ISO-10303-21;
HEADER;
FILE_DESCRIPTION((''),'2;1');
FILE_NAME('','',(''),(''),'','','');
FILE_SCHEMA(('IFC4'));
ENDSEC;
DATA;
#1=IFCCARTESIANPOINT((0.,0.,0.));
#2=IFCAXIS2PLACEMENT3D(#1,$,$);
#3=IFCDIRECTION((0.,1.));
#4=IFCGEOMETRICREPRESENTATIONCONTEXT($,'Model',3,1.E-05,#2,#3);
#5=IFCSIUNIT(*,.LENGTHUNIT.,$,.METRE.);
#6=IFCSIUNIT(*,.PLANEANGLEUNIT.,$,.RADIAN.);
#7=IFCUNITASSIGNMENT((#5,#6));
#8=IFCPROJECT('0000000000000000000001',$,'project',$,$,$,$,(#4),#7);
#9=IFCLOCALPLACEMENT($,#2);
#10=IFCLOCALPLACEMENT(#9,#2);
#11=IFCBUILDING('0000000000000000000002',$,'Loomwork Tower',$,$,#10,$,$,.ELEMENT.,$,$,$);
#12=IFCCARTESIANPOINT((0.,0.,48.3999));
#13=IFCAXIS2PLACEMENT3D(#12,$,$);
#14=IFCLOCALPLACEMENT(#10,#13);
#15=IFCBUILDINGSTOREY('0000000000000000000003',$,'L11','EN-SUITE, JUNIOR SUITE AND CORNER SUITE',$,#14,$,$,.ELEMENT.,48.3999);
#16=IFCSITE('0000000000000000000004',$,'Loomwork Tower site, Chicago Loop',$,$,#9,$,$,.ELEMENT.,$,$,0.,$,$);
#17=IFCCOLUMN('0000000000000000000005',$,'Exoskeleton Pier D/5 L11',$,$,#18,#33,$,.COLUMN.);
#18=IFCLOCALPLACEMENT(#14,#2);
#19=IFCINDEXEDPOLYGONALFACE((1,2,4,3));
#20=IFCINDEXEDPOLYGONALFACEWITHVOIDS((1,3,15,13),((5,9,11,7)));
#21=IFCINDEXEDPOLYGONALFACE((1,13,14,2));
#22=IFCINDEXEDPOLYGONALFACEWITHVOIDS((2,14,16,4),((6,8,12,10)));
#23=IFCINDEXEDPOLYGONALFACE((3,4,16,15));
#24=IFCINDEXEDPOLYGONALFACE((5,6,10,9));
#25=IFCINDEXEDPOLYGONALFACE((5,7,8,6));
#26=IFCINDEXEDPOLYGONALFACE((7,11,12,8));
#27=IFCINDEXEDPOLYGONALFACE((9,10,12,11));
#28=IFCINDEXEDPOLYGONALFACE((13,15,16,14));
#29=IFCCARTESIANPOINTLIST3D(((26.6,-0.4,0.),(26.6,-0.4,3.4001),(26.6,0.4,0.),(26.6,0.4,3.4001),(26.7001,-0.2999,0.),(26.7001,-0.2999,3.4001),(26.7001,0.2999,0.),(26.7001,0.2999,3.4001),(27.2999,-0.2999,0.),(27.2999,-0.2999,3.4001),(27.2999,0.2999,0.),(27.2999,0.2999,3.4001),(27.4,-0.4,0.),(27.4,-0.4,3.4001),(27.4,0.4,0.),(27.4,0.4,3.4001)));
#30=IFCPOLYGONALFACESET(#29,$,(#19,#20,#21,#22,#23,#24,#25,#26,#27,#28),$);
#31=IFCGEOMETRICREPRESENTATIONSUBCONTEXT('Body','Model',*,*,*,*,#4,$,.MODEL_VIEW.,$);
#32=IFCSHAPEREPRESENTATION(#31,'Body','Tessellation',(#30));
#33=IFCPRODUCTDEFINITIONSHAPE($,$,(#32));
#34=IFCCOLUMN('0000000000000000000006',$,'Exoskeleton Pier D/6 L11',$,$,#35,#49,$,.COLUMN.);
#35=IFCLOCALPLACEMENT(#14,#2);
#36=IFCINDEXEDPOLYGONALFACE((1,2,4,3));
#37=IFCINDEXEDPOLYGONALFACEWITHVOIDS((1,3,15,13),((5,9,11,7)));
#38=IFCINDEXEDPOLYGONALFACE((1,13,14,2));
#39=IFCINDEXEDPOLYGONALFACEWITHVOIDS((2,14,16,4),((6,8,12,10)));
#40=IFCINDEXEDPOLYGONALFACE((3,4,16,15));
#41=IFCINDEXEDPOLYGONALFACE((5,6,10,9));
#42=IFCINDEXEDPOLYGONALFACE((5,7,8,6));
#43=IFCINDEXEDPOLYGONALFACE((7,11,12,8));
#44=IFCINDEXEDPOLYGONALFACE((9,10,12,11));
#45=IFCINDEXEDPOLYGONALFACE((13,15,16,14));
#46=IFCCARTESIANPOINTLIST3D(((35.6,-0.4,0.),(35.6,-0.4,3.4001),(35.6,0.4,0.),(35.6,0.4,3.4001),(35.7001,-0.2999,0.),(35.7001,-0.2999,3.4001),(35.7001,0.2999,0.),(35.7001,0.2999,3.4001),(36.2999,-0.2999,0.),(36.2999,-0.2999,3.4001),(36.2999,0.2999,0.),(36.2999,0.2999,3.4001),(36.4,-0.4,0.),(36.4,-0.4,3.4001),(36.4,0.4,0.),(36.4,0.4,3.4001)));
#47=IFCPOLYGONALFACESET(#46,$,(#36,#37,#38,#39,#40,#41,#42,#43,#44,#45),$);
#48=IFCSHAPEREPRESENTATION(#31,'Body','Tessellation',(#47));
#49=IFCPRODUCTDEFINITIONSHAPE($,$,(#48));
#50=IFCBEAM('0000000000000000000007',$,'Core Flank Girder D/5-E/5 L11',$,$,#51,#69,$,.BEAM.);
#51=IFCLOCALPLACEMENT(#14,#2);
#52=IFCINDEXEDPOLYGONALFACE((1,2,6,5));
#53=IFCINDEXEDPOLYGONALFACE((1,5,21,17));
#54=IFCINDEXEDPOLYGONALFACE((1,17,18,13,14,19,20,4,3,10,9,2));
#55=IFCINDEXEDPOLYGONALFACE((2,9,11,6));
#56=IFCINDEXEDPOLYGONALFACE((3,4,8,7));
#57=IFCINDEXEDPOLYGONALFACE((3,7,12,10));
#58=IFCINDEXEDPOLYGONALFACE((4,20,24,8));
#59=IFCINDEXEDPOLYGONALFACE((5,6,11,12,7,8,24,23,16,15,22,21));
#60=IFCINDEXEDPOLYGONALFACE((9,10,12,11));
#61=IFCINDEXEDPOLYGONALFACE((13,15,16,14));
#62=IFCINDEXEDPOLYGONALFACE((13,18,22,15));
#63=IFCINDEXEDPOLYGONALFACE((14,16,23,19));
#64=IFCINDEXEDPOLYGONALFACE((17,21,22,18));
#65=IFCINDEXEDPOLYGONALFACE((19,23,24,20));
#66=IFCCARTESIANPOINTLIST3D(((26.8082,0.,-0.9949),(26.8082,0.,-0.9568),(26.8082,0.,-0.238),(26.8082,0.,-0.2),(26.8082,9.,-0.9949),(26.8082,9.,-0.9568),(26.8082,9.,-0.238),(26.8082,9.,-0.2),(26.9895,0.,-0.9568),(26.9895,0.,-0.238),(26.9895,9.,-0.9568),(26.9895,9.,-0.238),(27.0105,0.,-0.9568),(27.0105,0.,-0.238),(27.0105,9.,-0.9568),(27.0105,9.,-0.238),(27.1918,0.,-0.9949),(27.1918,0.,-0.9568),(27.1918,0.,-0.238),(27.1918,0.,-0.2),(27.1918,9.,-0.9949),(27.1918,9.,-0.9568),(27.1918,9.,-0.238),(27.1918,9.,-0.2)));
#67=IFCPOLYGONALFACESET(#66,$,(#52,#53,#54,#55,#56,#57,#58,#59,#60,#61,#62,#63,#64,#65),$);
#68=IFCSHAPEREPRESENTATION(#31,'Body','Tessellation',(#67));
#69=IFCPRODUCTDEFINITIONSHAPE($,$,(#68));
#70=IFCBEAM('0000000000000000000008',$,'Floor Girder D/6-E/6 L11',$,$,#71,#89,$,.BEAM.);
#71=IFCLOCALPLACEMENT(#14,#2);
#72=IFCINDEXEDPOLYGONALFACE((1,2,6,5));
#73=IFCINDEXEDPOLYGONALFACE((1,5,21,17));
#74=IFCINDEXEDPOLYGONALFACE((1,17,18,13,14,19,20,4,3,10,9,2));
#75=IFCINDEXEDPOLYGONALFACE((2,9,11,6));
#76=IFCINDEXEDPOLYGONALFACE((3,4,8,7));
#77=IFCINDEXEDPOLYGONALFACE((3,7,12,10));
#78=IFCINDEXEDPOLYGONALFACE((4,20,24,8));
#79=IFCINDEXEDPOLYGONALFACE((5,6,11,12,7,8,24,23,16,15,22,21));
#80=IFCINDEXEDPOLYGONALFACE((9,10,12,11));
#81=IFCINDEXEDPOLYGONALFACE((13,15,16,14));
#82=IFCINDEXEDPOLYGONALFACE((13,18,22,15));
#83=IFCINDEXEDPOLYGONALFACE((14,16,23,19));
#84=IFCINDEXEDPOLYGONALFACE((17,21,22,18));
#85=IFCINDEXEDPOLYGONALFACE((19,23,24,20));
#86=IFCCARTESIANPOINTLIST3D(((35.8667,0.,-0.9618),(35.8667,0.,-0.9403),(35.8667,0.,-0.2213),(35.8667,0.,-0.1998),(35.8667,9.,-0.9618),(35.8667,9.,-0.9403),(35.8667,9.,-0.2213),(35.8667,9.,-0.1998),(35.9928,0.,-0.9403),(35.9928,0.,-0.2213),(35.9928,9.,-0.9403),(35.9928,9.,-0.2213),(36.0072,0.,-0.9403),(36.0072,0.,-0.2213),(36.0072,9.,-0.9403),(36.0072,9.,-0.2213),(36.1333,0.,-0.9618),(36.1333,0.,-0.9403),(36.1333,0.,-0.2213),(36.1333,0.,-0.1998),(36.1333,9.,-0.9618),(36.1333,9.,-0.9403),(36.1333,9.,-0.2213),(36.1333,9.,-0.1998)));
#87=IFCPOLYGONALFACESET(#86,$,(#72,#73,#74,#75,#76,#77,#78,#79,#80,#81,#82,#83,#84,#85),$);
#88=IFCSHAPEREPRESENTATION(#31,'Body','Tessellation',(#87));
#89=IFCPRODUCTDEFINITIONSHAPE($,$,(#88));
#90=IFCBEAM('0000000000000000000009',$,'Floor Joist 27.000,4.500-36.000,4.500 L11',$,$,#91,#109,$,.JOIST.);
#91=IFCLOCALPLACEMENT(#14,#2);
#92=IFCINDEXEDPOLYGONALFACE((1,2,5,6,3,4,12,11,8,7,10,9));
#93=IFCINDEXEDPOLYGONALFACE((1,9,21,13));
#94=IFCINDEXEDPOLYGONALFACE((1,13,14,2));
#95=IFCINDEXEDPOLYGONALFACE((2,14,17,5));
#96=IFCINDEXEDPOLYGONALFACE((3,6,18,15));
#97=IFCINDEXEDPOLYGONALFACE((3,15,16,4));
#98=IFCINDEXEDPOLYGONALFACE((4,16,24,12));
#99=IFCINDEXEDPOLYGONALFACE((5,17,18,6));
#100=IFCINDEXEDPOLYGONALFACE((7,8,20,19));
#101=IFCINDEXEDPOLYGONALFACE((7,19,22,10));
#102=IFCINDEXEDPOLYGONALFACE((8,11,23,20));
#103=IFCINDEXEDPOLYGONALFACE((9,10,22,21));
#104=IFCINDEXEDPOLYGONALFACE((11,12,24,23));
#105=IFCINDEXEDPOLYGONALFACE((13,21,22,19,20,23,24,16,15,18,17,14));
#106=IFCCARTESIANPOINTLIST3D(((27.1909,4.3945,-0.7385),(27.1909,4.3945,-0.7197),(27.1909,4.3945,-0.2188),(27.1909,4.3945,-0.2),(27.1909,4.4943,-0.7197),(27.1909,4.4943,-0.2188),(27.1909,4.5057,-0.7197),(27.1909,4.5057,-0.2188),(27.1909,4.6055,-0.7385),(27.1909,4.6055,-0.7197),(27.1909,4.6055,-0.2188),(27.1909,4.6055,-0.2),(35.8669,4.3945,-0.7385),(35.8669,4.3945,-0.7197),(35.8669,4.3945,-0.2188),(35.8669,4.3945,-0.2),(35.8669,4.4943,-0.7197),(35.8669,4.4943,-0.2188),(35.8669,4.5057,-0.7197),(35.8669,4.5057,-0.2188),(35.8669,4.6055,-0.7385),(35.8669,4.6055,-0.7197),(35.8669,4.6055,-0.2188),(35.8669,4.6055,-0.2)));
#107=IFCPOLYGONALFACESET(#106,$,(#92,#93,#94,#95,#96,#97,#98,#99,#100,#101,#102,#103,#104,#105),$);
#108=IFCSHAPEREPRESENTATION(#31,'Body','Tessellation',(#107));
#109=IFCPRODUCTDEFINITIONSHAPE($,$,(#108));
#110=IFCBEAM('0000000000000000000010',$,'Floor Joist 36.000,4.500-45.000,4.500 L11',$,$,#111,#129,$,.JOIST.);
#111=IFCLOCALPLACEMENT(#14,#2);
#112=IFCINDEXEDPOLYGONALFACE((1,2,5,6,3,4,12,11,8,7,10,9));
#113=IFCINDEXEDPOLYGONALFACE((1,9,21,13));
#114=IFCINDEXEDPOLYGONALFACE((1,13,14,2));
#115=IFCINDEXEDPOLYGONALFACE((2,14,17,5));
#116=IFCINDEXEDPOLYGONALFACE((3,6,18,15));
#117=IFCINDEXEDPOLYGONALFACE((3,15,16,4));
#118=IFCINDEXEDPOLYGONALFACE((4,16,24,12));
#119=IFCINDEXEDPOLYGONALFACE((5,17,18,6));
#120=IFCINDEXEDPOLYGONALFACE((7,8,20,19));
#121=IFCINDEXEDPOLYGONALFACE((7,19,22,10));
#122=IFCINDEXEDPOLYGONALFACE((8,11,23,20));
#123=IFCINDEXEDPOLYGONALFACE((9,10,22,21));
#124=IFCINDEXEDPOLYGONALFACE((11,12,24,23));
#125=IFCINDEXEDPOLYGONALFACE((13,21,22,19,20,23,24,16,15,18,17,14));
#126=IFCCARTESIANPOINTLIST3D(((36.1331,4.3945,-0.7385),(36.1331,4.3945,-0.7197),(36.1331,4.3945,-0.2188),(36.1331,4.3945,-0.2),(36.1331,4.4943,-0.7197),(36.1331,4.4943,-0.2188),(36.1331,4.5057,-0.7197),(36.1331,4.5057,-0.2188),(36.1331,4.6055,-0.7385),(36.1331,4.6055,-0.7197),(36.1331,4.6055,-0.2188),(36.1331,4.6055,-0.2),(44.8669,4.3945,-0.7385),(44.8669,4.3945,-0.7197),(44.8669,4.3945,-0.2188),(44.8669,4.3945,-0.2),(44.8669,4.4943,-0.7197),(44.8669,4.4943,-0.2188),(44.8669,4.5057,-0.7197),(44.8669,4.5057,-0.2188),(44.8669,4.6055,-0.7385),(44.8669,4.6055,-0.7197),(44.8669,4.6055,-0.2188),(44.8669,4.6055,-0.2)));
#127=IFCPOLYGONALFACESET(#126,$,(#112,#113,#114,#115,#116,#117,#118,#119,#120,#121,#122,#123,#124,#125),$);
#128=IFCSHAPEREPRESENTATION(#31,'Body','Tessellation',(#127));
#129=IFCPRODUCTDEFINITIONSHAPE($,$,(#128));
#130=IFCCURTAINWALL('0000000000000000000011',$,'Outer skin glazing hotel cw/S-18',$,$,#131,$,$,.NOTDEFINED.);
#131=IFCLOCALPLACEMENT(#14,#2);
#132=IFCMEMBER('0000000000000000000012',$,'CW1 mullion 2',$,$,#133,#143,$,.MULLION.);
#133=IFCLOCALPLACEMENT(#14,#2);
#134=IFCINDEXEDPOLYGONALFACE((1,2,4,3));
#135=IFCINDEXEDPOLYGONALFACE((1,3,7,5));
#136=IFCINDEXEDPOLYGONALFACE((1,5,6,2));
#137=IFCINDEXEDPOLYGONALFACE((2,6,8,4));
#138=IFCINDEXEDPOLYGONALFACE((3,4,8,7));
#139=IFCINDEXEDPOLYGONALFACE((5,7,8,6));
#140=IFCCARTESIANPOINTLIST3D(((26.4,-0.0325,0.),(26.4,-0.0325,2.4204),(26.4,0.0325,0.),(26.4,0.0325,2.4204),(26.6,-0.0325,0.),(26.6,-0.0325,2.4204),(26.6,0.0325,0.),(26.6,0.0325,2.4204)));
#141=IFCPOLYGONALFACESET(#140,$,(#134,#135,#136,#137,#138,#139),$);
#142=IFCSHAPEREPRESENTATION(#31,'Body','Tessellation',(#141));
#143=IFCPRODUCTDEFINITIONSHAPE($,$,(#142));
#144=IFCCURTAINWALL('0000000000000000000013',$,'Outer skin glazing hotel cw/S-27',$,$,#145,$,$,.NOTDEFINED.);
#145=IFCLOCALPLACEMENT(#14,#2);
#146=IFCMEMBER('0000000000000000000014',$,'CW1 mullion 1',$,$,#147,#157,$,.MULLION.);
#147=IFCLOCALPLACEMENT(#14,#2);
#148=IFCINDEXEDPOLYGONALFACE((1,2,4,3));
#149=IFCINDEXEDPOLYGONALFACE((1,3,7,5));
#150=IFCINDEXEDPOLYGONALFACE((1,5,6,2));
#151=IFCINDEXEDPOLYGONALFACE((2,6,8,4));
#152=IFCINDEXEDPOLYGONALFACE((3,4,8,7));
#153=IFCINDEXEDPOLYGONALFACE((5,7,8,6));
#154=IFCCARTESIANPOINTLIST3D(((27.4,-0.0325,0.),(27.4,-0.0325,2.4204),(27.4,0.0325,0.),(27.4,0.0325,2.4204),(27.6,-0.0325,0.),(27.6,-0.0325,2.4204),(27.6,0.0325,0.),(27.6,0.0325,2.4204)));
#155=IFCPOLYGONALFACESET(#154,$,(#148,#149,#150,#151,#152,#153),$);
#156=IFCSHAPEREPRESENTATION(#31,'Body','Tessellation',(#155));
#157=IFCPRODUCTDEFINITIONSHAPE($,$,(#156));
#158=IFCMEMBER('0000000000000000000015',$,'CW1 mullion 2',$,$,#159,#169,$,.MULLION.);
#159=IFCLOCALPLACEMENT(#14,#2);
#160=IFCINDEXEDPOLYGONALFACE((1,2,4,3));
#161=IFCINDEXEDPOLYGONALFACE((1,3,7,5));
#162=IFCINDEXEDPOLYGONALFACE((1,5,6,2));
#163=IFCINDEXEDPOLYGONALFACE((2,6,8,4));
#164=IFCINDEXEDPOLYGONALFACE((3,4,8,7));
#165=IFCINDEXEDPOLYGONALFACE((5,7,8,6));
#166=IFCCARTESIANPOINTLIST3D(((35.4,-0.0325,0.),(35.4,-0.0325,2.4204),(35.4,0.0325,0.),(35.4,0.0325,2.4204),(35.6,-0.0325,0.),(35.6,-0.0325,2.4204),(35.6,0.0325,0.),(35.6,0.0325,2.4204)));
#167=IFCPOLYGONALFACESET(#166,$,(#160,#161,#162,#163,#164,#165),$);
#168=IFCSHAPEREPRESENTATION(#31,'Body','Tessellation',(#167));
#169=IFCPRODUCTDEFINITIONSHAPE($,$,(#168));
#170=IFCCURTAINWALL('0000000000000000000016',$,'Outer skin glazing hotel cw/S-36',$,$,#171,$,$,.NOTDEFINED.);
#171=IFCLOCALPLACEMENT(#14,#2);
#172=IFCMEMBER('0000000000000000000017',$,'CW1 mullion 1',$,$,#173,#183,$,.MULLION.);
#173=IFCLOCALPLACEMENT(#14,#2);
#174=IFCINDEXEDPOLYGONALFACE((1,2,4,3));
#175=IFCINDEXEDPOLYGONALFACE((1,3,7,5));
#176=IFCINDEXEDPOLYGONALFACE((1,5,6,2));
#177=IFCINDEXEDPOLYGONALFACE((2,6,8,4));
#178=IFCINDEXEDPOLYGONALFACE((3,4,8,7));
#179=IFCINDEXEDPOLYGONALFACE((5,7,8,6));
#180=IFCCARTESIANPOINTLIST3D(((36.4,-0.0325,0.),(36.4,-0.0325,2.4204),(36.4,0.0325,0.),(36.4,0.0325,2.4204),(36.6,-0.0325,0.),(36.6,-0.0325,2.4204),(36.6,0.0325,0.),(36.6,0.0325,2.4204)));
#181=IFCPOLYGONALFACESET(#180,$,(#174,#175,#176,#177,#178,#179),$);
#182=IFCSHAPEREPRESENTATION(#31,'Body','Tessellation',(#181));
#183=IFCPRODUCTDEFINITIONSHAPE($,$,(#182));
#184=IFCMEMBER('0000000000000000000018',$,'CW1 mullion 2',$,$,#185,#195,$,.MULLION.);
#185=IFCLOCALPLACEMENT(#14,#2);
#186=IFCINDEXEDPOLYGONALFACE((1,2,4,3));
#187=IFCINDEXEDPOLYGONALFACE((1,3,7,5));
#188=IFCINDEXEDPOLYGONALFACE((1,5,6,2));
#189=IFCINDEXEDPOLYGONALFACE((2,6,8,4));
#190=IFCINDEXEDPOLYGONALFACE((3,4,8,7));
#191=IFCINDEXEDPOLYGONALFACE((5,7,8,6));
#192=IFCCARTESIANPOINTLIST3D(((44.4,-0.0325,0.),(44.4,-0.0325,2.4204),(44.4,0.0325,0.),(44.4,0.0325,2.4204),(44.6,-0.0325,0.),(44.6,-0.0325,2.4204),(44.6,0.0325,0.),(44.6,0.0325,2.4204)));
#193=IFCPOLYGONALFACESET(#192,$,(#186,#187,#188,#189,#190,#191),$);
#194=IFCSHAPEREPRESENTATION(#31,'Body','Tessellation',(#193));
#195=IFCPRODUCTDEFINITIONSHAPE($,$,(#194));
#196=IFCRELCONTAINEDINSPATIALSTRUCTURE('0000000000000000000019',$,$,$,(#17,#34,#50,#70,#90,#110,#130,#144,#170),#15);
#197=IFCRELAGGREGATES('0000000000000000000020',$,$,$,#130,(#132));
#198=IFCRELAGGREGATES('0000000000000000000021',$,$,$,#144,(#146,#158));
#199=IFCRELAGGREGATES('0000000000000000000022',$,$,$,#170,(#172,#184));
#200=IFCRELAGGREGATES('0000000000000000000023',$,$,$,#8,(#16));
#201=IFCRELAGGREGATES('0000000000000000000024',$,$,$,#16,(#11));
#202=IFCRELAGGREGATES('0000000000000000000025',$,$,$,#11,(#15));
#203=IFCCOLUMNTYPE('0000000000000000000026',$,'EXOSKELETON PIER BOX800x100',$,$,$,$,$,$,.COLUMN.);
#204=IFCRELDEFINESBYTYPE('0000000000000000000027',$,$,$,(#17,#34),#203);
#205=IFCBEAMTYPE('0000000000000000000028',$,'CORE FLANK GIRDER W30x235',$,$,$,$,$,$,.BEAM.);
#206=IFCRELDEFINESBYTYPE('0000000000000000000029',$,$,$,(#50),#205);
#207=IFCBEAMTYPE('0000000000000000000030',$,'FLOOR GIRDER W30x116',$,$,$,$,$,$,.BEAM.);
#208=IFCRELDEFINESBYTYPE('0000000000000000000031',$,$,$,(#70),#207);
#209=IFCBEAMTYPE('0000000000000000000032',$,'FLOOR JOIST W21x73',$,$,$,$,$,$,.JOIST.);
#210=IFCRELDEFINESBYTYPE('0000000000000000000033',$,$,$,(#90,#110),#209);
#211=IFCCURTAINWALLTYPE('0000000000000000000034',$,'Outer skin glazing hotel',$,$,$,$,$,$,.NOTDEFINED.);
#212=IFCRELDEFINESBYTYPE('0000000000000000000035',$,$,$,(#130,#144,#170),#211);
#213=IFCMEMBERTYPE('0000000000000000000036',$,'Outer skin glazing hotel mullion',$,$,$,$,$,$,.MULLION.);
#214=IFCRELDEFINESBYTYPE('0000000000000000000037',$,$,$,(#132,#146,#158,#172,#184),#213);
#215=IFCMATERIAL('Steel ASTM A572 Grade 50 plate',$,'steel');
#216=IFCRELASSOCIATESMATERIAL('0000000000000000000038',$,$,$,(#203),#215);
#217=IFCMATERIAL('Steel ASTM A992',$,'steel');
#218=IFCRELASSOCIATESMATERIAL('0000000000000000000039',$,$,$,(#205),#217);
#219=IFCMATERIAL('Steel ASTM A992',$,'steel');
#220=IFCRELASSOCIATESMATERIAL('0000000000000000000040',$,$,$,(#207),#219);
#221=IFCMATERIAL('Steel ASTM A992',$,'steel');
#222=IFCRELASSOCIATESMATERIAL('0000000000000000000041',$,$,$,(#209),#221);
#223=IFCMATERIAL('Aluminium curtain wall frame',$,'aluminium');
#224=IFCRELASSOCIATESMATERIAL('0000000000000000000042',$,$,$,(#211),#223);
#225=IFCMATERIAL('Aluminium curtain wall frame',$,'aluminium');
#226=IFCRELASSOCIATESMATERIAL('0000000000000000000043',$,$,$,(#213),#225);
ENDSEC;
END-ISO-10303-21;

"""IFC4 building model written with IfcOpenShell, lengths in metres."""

from ifc_helpers import new_model, si_unit, direction, frame, origin, origin_2d, place, context, subcontext, project, spatial, rectangle, hollow_rectangle, i_section, extrude, material, material_profile, profile_set, type_object, element, aggregate, save


model = new_model("IFC4")

# Units and contexts
model_context = context("Model", 3, precision=1e-05, world=origin(), true_north=direction((0.0, 1.0)))
body_context = subcontext(model_context, "Body", "Model", "MODEL_VIEW")
ifc_project = project(units=[si_unit("LENGTHUNIT", "METRE"), si_unit("PLANEANGLEUNIT", "RADIAN")], contexts=[model_context])

# Site, building, storey
site_placement = place(None, origin())
site = spatial("IfcSite", under=ifc_project, at=site_placement, Name="Loomwork Tower site, Chicago Loop", CompositionType="ELEMENT", RefElevation=0.0)
building_placement = place(site_placement, origin())
building = spatial("IfcBuilding", under=site, at=building_placement, Name="Loomwork Tower", CompositionType="ELEMENT")
storey_placement = place(building_placement, frame((0.0, 0.0, 48.3999)))
storey = spatial("IfcBuildingStorey", under=building, at=storey_placement, Name="L11", Description="EN-SUITE, JUNIOR SUITE AND CORNER SUITE", CompositionType="ELEMENT", Elevation=48.3999)

# Columns
ifc_material_1 = material(Name="Steel ASTM A572 Grade 50 plate", Category="steel")
ifc_material_profile_1 = material_profile(ifc_material_1, hollow_rectangle(XDim=0.8, YDim=0.8, WallThickness=0.1001, at=origin_2d()), Name="BOX800x100")
ifc_profile_set_1 = profile_set([ifc_material_profile_1], Name="Steel ASTM A572 Grade 50 plate")
column_type = type_object("IfcColumnType", Name="EXOSKELETON PIER BOX800x100", PredefinedType="COLUMN", material=ifc_profile_set_1)
for number, where, z_axis, x_axis, name in (
    (1, (27.0, 0.0, 0.0), (0.0, 0.0, 1.0), (1.0, 0.0, 0.0), "Exoskeleton Pier D/5 L11"),
    (2, (36.0, 0.0, 0.0), (0.0, 0.0, 1.0), (1.0, 0.0, 0.0), "Exoskeleton Pier D/6 L11"),
):
    element("IfcColumn", number, at=place(storey_placement, frame(where, z_axis=z_axis, x_axis=x_axis)), inside=storey, type_object=column_type, Name=name, PredefinedType="COLUMN", context=body_context, shape_type="SweptSolid", body=[
        extrude(hollow_rectangle(XDim=0.8, YDim=0.8, WallThickness=0.1001, at=origin_2d()), origin(), (0.0, 0.0, 1.0), 3.4001),
    ])

# Beams
ifc_material_2 = material(Name="Steel ASTM A992", Category="steel")
ifc_material_profile_2 = material_profile(ifc_material_2, i_section(OverallWidth=0.3835, OverallDepth=0.7949, WebThickness=0.021, FlangeThickness=0.0381, at=origin_2d()), Name="W30x235")
ifc_profile_set_2 = profile_set([ifc_material_profile_2], Name="Steel ASTM A992")
beam_type_1 = type_object("IfcBeamType", Name="CORE FLANK GIRDER W30x235", PredefinedType="BEAM", material=ifc_profile_set_2)
beam_1_placement = place(storey_placement, frame((27.0, 0.0, -0.5974), z_axis=(0.0, 1.0, 0.0), x_axis=(-1.0, 0.0, 0.0)))
element("IfcBeam", 3, at=beam_1_placement, inside=storey, type_object=beam_type_1, Name="Core Flank Girder D/5-E/5 L11", PredefinedType="BEAM", context=body_context, shape_type="SweptSolid", body=[
    extrude(i_section(OverallWidth=0.3835, OverallDepth=0.7949, WebThickness=0.021, FlangeThickness=0.0381, at=origin_2d()), origin(), (0.0, 0.0, 1.0), 9.0),
])
ifc_material_3 = material(Name="Steel ASTM A992", Category="steel")
ifc_material_profile_3 = material_profile(ifc_material_3, i_section(OverallWidth=0.2666, OverallDepth=0.762, WebThickness=0.0144, FlangeThickness=0.0215, at=origin_2d()), Name="W30x116")
ifc_profile_set_3 = profile_set([ifc_material_profile_3], Name="Steel ASTM A992")
beam_type_2 = type_object("IfcBeamType", Name="FLOOR GIRDER W30x116", PredefinedType="BEAM", material=ifc_profile_set_3)
beam_2_placement = place(storey_placement, frame((36.0, 0.0, -0.5808), z_axis=(0.0, 1.0, 0.0), x_axis=(-1.0, 0.0, 0.0)))
element("IfcBeam", 4, at=beam_2_placement, inside=storey, type_object=beam_type_2, Name="Floor Girder D/6-E/6 L11", PredefinedType="BEAM", context=body_context, shape_type="SweptSolid", body=[
    extrude(i_section(OverallWidth=0.2666, OverallDepth=0.762, WebThickness=0.0144, FlangeThickness=0.0215, at=origin_2d()), origin(), (0.0, 0.0, 1.0), 9.0),
])
ifc_material_4 = material(Name="Steel ASTM A992", Category="steel")
ifc_material_profile_4 = material_profile(ifc_material_4, i_section(OverallWidth=0.2109, OverallDepth=0.5386, WebThickness=0.0115, FlangeThickness=0.0188, at=origin_2d()), Name="W21x73")
ifc_profile_set_4 = profile_set([ifc_material_profile_4], Name="Steel ASTM A992")
beam_type_3 = type_object("IfcBeamType", Name="FLOOR JOIST W21x73", PredefinedType="JOIST", material=ifc_profile_set_4)
beam_3_placement = place(storey_placement, frame((27.1909, 4.5, -0.4692), z_axis=(1.0, 0.0, 0.0), x_axis=(0.0, 1.0, 0.0)))
element("IfcBeam", 5, at=beam_3_placement, inside=storey, type_object=beam_type_3, Name="Floor Joist 27.000,4.500-36.000,4.500 L11", PredefinedType="JOIST", context=body_context, shape_type="SweptSolid", body=[
    extrude(i_section(OverallWidth=0.2109, OverallDepth=0.5386, WebThickness=0.0115, FlangeThickness=0.0188, at=origin_2d()), origin(), (0.0, 0.0, 1.0), 8.676),
])
beam_4_placement = place(storey_placement, frame((36.1331, 4.5, -0.4692), z_axis=(1.0, 0.0, 0.0), x_axis=(0.0, 1.0, 0.0)))
element("IfcBeam", 6, at=beam_4_placement, inside=storey, type_object=beam_type_3, Name="Floor Joist 36.000,4.500-45.000,4.500 L11", PredefinedType="JOIST", context=body_context, shape_type="SweptSolid", body=[
    extrude(i_section(OverallWidth=0.2109, OverallDepth=0.5386, WebThickness=0.0115, FlangeThickness=0.0188, at=origin_2d()), origin(), (0.0, 0.0, 1.0), 8.7339),
])

# Curtain wall, member
ifc_material_5 = material(Name="Aluminium curtain wall frame", Category="aluminium")
curtain_wall_type = type_object("IfcCurtainWallType", Name="Outer skin glazing hotel", PredefinedType="NOTDEFINED", material=ifc_material_5)
curtain_wall_1_placement = place(storey_placement, origin())
curtain_wall_1 = element("IfcCurtainWall", 7, at=curtain_wall_1_placement, inside=storey, type_object=curtain_wall_type, Name="Outer skin glazing hotel cw/S-18", PredefinedType="NOTDEFINED")
ifc_material_6 = material(Name="Aluminium curtain wall frame", Category="aluminium")
ifc_material_profile_5 = material_profile(ifc_material_6, rectangle(XDim=0.0649, YDim=0.2, at=origin_2d()), Name="AL 65x200")
ifc_profile_set_5 = profile_set([ifc_material_profile_5], Name="Aluminium curtain wall frame")
member_type_1 = type_object("IfcMemberType", Name="Outer skin glazing hotel mullion", PredefinedType="MULLION", material=ifc_profile_set_5)
member_1_placement = place(storey_placement, frame((26.5, 0.0, 0.0), z_axis=(0.0, 0.0, 1.0), x_axis=(0.0, 1.0, 0.0)))
member_1 = element("IfcMember", 8, at=member_1_placement, type_object=member_type_1, Name="CW1 mullion 2", PredefinedType="MULLION", context=body_context, shape_type="SweptSolid", body=[
    extrude(rectangle(XDim=0.0649, YDim=0.2, at=origin_2d()), origin(), (0.0, 0.0, 1.0), 2.4204),
])
aggregate(curtain_wall_1, [member_1])

# Curtain walls, members
curtain_wall_2_placement = place(storey_placement, origin())
curtain_wall_2 = element("IfcCurtainWall", 9, at=curtain_wall_2_placement, inside=storey, type_object=curtain_wall_type, Name="Outer skin glazing hotel cw/S-27", PredefinedType="NOTDEFINED")
member_2_placement = place(storey_placement, frame((27.5, 0.0, 0.0), z_axis=(0.0, 0.0, 1.0), x_axis=(0.0, 1.0, 0.0)))
member_2 = element("IfcMember", 10, at=member_2_placement, type_object=member_type_1, Name="CW1 mullion 1", PredefinedType="MULLION", context=body_context, shape_type="SweptSolid", body=[
    extrude(rectangle(XDim=0.0649, YDim=0.2, at=origin_2d()), origin(), (0.0, 0.0, 1.0), 2.4204),
])
member_3_placement = place(storey_placement, frame((35.5, 0.0, 0.0), z_axis=(0.0, 0.0, 1.0), x_axis=(0.0, 1.0, 0.0)))
member_3 = element("IfcMember", 11, at=member_3_placement, type_object=member_type_1, Name="CW1 mullion 2", PredefinedType="MULLION", context=body_context, shape_type="SweptSolid", body=[
    extrude(rectangle(XDim=0.0649, YDim=0.2, at=origin_2d()), origin(), (0.0, 0.0, 1.0), 2.4204),
])
curtain_wall_3_placement = place(storey_placement, origin())
curtain_wall_3 = element("IfcCurtainWall", 12, at=curtain_wall_3_placement, inside=storey, type_object=curtain_wall_type, Name="Outer skin glazing hotel cw/S-36", PredefinedType="NOTDEFINED")
member_4_placement = place(storey_placement, frame((36.5, 0.0, 0.0), z_axis=(0.0, 0.0, 1.0), x_axis=(0.0, 1.0, 0.0)))
member_4 = element("IfcMember", 13, at=member_4_placement, type_object=member_type_1, Name="CW1 mullion 1", PredefinedType="MULLION", context=body_context, shape_type="SweptSolid", body=[
    extrude(rectangle(XDim=0.0649, YDim=0.2, at=origin_2d()), origin(), (0.0, 0.0, 1.0), 2.4204),
])
member_5_placement = place(storey_placement, frame((44.5, 0.0, 0.0), z_axis=(0.0, 0.0, 1.0), x_axis=(0.0, 1.0, 0.0)))
member_5 = element("IfcMember", 14, at=member_5_placement, type_object=member_type_1, Name="CW1 mullion 2", PredefinedType="MULLION", context=body_context, shape_type="SweptSolid", body=[
    extrude(rectangle(XDim=0.0649, YDim=0.2, at=origin_2d()), origin(), (0.0, 0.0, 1.0), 2.4204),
])

aggregate(curtain_wall_2, [member_2, member_3])
aggregate(curtain_wall_3, [member_4, member_5])

save(model, "model.ifc")
